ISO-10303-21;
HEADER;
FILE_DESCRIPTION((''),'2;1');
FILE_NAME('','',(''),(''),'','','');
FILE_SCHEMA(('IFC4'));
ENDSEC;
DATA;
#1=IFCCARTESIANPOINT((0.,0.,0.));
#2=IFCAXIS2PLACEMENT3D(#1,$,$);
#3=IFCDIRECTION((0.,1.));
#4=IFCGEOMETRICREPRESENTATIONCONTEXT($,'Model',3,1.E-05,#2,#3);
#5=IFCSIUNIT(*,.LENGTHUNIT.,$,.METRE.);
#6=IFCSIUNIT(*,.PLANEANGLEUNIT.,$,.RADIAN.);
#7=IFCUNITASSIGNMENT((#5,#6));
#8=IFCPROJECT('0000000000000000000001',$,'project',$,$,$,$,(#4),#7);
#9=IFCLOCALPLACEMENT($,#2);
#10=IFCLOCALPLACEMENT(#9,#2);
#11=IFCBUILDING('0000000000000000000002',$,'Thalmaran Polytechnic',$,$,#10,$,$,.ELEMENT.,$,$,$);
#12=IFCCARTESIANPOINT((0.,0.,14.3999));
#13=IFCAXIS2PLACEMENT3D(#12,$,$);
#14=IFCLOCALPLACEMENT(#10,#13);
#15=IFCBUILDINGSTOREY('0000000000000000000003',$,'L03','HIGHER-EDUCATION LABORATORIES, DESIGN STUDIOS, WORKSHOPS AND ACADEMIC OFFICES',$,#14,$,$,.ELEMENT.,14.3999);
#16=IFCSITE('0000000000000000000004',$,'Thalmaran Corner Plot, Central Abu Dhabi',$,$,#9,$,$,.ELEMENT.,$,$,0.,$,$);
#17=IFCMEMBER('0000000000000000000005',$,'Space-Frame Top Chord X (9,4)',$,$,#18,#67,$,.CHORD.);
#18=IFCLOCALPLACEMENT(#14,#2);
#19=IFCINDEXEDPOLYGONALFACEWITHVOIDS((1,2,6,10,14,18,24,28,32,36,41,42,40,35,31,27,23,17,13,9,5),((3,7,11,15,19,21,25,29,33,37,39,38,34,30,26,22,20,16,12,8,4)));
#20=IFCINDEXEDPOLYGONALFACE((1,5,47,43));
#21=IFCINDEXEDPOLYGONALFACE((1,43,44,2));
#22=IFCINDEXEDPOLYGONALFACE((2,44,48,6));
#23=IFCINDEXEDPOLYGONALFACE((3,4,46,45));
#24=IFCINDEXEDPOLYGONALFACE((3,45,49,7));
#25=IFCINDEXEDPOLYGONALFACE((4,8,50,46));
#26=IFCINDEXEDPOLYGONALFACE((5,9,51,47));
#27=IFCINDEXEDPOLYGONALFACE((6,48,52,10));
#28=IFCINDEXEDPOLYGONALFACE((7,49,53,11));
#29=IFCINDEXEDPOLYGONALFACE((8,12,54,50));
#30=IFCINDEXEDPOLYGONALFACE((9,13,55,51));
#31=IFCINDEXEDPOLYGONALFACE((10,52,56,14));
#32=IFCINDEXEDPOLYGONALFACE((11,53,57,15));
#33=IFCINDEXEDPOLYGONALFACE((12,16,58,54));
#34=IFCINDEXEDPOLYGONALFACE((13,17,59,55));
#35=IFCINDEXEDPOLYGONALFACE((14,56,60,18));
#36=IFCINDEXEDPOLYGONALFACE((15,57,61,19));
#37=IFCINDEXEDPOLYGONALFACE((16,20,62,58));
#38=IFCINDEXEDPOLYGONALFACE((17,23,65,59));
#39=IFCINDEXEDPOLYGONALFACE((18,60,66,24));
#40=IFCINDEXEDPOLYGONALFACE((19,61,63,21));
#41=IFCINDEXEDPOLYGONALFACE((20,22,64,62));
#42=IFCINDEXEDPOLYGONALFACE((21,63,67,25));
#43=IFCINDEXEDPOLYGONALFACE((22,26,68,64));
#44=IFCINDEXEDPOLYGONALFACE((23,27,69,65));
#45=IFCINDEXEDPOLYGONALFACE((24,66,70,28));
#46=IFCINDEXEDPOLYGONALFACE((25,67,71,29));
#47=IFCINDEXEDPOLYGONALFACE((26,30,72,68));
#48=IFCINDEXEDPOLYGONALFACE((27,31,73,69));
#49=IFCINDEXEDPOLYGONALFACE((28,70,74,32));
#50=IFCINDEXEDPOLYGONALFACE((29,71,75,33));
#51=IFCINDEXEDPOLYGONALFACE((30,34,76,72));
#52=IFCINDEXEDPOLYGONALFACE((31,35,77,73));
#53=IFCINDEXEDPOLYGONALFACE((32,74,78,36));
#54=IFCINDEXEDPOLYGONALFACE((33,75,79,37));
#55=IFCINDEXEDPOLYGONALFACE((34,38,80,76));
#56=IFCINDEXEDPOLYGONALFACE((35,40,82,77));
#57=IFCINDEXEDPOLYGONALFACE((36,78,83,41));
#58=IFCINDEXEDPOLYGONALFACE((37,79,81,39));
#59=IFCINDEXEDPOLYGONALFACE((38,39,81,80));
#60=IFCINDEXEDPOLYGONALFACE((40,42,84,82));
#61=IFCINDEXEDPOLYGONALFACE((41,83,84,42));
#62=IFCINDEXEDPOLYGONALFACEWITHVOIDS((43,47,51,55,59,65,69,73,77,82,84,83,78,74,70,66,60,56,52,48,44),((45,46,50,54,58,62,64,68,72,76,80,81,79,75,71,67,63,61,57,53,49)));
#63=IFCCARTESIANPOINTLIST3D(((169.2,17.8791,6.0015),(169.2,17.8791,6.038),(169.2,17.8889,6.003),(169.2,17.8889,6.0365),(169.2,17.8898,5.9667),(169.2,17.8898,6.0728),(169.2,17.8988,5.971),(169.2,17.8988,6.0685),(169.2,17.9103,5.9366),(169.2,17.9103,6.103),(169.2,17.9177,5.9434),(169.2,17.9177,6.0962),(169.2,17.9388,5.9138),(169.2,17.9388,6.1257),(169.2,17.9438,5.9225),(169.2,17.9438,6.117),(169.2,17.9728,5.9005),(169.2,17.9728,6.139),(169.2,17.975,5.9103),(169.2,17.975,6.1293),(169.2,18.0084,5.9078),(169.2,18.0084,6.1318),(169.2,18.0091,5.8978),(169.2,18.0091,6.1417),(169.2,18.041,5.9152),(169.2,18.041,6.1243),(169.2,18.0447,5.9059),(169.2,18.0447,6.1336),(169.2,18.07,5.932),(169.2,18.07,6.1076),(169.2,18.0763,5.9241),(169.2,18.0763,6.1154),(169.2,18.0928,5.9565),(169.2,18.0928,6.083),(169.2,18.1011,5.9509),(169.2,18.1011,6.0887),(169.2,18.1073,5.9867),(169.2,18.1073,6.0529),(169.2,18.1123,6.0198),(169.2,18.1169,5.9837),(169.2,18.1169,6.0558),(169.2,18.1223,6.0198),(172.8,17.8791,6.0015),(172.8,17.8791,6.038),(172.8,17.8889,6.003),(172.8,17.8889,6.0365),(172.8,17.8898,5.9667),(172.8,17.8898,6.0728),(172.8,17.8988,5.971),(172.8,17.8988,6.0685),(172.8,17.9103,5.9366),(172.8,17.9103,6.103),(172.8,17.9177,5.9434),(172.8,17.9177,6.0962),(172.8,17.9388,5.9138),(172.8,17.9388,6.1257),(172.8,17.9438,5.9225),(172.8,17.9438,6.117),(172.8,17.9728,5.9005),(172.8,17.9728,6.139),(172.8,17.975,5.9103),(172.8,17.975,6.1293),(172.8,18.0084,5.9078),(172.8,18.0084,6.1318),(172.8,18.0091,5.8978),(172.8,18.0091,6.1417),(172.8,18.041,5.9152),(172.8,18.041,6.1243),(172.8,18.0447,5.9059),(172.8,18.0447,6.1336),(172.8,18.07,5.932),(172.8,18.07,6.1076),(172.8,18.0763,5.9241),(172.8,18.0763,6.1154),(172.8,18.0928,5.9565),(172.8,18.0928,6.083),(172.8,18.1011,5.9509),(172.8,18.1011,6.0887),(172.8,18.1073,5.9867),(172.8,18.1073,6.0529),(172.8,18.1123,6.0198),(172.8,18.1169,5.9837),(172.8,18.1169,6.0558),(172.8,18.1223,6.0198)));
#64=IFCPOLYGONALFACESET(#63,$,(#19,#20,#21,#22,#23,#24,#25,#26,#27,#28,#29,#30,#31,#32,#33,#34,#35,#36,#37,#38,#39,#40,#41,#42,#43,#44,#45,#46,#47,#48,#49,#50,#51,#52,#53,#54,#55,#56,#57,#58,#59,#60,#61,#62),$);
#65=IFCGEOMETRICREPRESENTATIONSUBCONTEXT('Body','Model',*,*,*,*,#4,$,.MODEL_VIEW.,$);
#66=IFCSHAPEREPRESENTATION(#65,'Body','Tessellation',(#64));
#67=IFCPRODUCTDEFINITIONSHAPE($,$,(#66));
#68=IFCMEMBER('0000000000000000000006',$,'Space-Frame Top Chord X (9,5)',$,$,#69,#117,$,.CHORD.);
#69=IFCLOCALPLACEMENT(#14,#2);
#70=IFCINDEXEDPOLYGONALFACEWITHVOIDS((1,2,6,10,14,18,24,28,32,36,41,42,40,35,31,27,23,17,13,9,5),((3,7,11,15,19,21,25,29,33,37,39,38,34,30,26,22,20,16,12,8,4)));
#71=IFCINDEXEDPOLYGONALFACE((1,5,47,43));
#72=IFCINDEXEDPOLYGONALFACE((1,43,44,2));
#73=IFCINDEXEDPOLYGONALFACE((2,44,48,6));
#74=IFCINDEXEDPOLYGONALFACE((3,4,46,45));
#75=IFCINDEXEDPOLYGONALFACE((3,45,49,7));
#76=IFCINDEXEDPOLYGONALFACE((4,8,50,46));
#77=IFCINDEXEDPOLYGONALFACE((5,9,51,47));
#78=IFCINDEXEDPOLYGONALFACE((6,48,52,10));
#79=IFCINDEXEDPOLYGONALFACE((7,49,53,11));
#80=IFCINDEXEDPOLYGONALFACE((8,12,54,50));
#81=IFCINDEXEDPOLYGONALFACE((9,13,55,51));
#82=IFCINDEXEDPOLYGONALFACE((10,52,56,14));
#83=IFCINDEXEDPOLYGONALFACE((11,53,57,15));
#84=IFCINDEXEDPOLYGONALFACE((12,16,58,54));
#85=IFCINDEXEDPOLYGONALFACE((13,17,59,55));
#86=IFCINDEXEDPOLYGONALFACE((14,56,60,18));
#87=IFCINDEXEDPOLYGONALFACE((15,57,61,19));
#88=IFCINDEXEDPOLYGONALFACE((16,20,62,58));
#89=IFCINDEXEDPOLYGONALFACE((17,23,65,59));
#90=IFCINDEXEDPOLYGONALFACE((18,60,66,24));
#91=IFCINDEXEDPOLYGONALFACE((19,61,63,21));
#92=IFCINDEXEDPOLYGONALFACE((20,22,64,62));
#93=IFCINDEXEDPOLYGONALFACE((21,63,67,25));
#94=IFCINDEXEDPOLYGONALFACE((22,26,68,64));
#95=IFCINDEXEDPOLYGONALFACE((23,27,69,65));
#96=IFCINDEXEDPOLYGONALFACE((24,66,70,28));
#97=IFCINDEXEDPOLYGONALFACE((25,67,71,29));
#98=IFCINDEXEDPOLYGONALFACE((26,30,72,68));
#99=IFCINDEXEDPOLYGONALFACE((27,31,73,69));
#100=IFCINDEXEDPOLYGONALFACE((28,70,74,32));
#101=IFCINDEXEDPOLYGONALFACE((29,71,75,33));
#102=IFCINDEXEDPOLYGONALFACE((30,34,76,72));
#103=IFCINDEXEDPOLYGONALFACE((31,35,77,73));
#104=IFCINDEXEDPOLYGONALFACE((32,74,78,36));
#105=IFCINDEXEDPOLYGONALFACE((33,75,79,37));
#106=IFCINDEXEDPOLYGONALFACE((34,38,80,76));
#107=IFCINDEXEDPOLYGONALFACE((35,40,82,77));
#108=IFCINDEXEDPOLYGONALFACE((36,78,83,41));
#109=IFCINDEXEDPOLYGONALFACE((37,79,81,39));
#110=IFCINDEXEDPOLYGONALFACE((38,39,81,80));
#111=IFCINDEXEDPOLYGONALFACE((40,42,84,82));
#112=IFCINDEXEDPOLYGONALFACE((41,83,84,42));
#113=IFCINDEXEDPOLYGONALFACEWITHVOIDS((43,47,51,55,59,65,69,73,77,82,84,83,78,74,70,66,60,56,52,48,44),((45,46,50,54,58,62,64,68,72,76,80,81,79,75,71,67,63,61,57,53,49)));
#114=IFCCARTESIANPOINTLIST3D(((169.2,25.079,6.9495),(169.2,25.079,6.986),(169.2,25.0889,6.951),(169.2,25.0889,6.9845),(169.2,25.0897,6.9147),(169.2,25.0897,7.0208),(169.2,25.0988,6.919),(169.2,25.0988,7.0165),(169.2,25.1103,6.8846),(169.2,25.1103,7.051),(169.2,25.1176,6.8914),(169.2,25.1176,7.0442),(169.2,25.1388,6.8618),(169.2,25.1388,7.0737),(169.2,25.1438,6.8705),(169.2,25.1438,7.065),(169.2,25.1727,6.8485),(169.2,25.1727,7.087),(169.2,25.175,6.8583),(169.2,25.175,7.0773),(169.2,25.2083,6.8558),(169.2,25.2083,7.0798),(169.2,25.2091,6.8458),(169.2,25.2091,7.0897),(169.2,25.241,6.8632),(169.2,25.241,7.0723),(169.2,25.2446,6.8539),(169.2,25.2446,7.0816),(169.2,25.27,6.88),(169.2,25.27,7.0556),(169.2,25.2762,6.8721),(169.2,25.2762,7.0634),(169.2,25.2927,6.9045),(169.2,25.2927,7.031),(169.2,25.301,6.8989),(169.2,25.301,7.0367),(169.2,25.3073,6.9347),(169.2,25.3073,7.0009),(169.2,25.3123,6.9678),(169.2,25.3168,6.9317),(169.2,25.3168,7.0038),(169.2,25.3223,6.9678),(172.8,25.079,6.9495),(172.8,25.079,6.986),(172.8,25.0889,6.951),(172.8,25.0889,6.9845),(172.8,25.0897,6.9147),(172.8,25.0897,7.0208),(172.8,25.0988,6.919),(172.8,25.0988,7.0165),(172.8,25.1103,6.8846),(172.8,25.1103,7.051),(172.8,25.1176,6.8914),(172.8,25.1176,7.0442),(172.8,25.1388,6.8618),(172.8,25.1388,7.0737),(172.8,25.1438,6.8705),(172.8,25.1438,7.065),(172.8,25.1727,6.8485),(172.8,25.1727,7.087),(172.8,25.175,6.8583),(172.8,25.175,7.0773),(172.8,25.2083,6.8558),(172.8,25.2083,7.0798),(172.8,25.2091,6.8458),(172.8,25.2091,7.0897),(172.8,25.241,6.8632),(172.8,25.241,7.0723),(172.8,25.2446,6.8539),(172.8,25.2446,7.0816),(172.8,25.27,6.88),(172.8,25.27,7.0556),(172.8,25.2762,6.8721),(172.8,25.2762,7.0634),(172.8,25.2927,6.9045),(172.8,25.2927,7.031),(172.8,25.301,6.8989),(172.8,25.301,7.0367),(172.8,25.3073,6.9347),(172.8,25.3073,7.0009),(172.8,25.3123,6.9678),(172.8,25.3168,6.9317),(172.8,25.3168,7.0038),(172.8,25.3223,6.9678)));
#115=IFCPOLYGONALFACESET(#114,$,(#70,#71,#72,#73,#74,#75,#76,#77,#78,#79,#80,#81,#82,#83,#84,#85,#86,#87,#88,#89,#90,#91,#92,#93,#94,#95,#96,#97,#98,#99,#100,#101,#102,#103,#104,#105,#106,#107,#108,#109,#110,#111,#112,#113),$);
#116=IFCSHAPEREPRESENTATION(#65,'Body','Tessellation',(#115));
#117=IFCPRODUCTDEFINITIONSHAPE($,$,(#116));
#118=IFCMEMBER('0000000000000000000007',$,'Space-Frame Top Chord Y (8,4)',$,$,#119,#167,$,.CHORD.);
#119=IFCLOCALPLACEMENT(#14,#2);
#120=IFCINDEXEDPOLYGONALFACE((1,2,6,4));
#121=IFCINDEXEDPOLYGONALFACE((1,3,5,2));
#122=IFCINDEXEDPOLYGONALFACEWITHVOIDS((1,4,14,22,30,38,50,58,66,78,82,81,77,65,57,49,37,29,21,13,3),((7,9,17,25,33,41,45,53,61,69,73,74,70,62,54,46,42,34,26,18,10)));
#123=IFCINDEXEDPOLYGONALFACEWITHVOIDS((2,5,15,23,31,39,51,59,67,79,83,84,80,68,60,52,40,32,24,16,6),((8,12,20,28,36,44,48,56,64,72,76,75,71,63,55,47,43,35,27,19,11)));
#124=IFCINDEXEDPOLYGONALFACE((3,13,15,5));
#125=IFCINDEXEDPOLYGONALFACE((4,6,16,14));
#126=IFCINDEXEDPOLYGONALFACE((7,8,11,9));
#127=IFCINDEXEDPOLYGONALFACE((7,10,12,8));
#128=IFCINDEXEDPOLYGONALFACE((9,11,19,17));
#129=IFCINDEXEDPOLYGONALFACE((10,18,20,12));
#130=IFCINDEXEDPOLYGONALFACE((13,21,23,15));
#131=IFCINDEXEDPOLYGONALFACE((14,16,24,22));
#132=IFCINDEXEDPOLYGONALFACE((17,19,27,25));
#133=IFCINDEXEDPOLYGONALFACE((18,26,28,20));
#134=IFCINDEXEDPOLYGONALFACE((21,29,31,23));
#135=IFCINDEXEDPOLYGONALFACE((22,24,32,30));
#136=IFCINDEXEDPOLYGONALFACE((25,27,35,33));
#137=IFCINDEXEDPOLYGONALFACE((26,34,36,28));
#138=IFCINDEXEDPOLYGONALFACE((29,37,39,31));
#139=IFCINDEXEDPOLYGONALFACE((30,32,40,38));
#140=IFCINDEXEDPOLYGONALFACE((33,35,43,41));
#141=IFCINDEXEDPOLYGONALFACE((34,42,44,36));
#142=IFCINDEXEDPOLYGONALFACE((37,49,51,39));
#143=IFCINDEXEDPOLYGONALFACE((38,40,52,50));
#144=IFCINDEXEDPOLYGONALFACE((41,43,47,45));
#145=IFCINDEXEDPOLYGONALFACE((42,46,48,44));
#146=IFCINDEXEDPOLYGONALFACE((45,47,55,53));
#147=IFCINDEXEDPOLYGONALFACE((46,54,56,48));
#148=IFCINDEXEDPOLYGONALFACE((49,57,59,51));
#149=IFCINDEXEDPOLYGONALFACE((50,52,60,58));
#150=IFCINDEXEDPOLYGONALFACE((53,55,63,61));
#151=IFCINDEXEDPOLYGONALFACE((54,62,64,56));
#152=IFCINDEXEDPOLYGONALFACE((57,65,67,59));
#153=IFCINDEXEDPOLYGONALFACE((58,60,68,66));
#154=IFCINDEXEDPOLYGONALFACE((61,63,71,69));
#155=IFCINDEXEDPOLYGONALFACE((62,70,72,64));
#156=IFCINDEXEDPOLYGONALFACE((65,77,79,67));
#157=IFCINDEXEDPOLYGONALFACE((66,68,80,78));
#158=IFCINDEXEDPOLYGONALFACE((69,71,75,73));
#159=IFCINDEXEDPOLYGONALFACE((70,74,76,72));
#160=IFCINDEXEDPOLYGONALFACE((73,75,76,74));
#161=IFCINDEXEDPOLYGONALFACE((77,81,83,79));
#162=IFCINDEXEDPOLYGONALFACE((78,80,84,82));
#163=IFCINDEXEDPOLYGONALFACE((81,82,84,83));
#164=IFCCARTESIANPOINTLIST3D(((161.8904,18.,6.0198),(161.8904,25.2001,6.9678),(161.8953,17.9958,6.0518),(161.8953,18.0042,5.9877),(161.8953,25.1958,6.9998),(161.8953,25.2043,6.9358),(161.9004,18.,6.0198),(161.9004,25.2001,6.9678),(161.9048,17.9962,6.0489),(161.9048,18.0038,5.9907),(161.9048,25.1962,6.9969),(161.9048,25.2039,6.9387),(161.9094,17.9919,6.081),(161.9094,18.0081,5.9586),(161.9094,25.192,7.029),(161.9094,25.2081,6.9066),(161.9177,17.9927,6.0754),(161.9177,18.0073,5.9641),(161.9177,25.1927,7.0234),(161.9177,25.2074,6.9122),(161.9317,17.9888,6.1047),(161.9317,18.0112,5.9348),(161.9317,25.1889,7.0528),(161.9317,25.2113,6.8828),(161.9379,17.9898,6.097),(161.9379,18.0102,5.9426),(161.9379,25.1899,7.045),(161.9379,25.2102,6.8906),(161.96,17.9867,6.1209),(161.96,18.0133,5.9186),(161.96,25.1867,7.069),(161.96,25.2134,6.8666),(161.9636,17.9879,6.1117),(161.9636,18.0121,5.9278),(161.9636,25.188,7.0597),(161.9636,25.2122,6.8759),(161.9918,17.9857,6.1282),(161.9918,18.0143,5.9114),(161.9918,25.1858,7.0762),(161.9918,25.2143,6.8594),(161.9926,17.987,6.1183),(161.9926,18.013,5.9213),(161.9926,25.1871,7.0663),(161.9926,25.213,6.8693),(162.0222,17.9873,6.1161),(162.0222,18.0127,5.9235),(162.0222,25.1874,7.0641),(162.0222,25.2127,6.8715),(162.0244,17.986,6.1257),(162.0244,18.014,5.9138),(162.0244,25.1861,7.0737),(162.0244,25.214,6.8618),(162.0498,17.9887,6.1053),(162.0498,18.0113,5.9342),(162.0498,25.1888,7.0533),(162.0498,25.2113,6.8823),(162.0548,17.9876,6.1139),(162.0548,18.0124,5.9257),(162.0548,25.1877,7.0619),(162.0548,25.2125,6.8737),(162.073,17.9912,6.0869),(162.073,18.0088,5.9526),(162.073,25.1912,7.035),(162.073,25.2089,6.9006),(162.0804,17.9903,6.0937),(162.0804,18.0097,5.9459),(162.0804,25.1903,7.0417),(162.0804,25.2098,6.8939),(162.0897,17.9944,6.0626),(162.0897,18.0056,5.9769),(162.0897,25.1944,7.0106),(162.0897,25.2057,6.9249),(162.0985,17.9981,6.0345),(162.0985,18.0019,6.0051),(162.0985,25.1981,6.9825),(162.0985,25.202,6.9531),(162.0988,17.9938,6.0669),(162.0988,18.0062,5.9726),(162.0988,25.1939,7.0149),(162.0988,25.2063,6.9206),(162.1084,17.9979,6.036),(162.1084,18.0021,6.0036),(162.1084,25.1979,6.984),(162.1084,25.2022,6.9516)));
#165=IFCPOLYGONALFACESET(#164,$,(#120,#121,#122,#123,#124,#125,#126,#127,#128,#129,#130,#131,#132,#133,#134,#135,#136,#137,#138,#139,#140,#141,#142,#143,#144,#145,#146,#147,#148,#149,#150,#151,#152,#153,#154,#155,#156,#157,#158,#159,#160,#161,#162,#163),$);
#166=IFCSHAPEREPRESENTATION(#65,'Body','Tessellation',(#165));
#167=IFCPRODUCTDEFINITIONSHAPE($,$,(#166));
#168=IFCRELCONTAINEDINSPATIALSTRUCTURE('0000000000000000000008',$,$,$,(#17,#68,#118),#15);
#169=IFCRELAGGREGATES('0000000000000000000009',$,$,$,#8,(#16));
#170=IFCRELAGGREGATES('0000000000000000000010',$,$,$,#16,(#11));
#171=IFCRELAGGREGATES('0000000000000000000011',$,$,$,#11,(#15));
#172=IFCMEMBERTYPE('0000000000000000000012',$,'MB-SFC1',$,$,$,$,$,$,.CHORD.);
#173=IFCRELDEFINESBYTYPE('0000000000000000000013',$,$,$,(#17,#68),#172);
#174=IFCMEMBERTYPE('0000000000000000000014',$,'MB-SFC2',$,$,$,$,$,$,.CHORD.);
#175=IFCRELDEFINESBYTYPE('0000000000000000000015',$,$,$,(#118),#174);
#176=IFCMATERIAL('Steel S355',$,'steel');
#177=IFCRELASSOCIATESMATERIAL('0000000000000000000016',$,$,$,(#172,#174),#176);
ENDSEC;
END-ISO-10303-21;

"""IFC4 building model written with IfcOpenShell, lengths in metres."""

from ifc_helpers import new_model, si_unit, direction, frame, origin, origin_2d, place, context, subcontext, project, spatial, hollow_circle, extrude, material, material_profile, profile_set, type_object, element, save


model = new_model("IFC4")

# Units and contexts
model_context = context("Model", 3, precision=1e-05, world=origin(), true_north=direction((0.0, 1.0)))
body_context = subcontext(model_context, "Body", "Model", "MODEL_VIEW")
ifc_project = project(units=[si_unit("LENGTHUNIT", "METRE"), si_unit("PLANEANGLEUNIT", "RADIAN")], contexts=[model_context])

# Site, building, storey
site_placement = place(None, origin())
site = spatial("IfcSite", under=ifc_project, at=site_placement, Name="Thalmaran Corner Plot, Central Abu Dhabi", CompositionType="ELEMENT", RefElevation=0.0)
building_placement = place(site_placement, origin())
building = spatial("IfcBuilding", under=site, at=building_placement, Name="Thalmaran Polytechnic", CompositionType="ELEMENT")
storey_placement = place(building_placement, frame((0.0, 0.0, 14.3999)))
storey = spatial("IfcBuildingStorey", under=building, at=storey_placement, Name="L03", Description="HIGHER-EDUCATION LABORATORIES, DESIGN STUDIOS, WORKSHOPS AND ACADEMIC OFFICES", CompositionType="ELEMENT", Elevation=14.3999)

# Shared definitions
ifc_material_1 = material(Name="Steel S355", Category="steel")

# Members
ifc_material_profile_1 = material_profile(ifc_material_1, hollow_circle(Radius=0.1223, WallThickness=0.01, at=origin_2d()), Name="CHS 244.5x10.0")
ifc_profile_set_1 = profile_set([ifc_material_profile_1], Name="Steel S355")
member_type_1 = type_object("IfcMemberType", Name="MB-SFC1", PredefinedType="CHORD", material=ifc_profile_set_1)
for number, where, z_axis, x_axis, name in (
    (1, (169.2, 18.0, 6.0198), (1.0, 0.0, 0.0), (0.0, 1.0, 0.0), "Space-Frame Top Chord X (9,4)"),
    (2, (169.2, 25.2, 6.9678), (1.0, 0.0, 0.0), (0.0, 1.0, 0.0), "Space-Frame Top Chord X (9,5)"),
):
    element("IfcMember", number, at=place(storey_placement, frame(where, z_axis=z_axis, x_axis=x_axis)), inside=storey, type_object=member_type_1, Name=name, PredefinedType="CHORD", context=body_context, shape_type="SweptSolid", body=[
        extrude(hollow_circle(Radius=0.1223, WallThickness=0.01, at=origin_2d()), origin(), (0.0, 0.0, 1.0), 3.6001),
    ])
ifc_material_profile_2 = material_profile(ifc_material_1, hollow_circle(Radius=0.1096, WallThickness=0.01, at=origin_2d()), Name="CHS 219.1x10.0")
ifc_profile_set_2 = profile_set([ifc_material_profile_2], Name="Steel S355")
member_type_2 = type_object("IfcMemberType", Name="MB-SFC2", PredefinedType="CHORD", material=ifc_profile_set_2)
for number, where, z_axis, x_axis, name in (
    (3, (162.0, 18.0, 6.0198), (0.0, 0.991443, 0.130541), (-1.0, 0.0, 0.0), "Space-Frame Top Chord Y (8,4)"),
):
    element("IfcMember", number, at=place(storey_placement, frame(where, z_axis=z_axis, x_axis=x_axis)), inside=storey, type_object=member_type_2, Name=name, PredefinedType="CHORD", context=body_context, shape_type="SweptSolid", body=[
        extrude(hollow_circle(Radius=0.1096, WallThickness=0.01, at=origin_2d()), origin(), (0.0, 0.0, 1.0), 7.2622),
    ])

save(model, "model.ifc")
